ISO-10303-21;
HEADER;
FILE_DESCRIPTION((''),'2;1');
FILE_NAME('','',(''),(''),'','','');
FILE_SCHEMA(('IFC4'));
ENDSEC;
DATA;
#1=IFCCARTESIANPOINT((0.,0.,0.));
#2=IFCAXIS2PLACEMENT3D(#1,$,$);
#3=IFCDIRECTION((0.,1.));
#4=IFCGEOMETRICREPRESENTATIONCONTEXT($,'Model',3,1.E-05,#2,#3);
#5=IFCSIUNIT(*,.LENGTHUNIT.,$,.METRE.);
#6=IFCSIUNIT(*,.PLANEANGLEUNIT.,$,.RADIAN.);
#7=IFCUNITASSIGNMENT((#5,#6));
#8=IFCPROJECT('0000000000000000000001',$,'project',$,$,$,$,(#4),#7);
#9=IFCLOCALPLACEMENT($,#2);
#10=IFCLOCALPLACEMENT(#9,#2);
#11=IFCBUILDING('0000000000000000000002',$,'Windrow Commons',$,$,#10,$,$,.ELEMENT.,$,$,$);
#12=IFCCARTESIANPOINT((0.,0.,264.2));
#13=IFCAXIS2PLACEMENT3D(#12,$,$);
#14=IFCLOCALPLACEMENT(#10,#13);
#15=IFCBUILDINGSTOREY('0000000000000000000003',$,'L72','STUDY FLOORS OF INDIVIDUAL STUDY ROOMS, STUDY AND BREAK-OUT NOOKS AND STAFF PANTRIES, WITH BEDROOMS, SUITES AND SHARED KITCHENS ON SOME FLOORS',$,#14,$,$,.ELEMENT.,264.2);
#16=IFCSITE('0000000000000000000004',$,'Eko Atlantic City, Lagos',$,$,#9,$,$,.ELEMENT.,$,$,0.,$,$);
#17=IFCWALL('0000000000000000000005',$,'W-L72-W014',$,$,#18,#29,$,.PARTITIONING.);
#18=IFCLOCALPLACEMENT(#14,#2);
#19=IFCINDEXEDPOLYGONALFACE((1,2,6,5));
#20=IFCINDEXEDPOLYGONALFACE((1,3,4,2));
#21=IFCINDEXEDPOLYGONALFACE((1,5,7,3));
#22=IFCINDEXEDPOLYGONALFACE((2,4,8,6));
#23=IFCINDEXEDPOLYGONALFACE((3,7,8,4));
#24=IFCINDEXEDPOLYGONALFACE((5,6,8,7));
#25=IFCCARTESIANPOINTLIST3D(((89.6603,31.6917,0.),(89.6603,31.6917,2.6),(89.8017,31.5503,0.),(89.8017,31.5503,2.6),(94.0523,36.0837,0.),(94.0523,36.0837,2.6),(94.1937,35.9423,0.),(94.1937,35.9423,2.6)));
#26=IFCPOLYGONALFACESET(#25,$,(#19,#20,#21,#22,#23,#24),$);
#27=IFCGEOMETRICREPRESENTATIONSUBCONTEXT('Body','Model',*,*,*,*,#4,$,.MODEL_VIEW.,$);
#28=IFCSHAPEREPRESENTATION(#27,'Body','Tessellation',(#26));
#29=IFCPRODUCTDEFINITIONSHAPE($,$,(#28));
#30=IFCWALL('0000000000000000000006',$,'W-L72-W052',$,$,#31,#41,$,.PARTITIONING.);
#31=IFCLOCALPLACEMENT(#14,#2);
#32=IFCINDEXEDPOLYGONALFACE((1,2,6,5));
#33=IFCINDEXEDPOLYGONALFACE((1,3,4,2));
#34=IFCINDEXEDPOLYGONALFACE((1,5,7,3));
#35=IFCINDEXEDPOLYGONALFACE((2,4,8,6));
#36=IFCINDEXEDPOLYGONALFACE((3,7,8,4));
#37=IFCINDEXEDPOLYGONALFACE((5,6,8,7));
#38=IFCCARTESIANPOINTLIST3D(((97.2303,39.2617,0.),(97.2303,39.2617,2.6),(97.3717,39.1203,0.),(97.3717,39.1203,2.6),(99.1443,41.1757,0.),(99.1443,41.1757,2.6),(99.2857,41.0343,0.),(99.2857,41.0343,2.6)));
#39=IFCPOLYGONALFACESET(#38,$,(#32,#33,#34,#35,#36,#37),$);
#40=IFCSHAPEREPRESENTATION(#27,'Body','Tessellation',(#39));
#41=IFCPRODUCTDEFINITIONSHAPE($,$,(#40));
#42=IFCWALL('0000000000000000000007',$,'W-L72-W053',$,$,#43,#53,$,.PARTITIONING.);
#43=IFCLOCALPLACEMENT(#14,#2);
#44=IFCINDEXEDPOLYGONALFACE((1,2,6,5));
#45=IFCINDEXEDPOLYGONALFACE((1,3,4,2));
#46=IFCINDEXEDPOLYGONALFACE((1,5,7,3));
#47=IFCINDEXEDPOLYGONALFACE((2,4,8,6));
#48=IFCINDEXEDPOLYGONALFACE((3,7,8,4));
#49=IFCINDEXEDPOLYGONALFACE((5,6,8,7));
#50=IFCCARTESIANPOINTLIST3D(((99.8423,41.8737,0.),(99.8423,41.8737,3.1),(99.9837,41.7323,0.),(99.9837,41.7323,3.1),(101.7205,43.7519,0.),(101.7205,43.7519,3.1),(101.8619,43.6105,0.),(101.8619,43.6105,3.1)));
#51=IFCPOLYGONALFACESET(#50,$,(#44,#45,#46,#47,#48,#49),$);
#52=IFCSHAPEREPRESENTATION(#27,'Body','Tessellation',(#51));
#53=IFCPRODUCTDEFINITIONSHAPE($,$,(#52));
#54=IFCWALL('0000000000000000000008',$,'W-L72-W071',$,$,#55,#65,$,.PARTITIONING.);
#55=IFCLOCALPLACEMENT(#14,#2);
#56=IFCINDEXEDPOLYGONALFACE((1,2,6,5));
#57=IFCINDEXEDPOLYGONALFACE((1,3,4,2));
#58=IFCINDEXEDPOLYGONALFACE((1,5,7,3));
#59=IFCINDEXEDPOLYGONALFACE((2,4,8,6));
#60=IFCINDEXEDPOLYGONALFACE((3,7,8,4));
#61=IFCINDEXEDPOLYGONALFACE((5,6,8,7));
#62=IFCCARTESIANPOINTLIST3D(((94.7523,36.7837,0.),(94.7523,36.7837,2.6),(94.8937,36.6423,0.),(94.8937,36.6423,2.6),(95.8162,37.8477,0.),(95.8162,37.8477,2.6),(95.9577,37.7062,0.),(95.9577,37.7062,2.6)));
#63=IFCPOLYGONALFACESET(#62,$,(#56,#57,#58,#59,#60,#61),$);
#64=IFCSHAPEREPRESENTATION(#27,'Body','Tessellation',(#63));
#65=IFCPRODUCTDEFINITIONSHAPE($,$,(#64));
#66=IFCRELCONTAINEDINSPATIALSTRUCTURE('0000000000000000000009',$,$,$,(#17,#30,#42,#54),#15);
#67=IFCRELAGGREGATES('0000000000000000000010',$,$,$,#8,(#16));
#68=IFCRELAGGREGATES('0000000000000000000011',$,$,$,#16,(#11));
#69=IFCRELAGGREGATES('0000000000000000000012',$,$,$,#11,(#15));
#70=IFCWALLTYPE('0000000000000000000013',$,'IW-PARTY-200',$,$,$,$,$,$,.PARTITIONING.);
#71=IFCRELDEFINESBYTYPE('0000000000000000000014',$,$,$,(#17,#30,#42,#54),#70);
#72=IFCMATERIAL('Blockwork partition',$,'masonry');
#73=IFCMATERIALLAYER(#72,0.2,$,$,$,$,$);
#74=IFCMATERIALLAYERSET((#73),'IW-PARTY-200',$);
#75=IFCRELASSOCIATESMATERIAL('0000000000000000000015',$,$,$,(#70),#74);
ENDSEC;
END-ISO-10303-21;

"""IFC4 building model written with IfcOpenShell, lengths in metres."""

from ifc_helpers import new_model, si_unit, direction, frame, frame_2d, origin, place, context, subcontext, project, spatial, rectangle, extrude, material, layer, layer_set, type_object, element, save


model = new_model("IFC4")

# Units and contexts
model_context = context("Model", 3, precision=1e-05, world=origin(), true_north=direction((0.0, 1.0)))
body_context = subcontext(model_context, "Body", "Model", "MODEL_VIEW")
ifc_project = project(units=[si_unit("LENGTHUNIT", "METRE"), si_unit("PLANEANGLEUNIT", "RADIAN")], contexts=[model_context])

# Site, building, storey
site_placement = place(None, origin())
site = spatial("IfcSite", under=ifc_project, at=site_placement, Name="Eko Atlantic City, Lagos", CompositionType="ELEMENT", RefElevation=0.0)
building_placement = place(site_placement, origin())
building = spatial("IfcBuilding", under=site, at=building_placement, Name="Windrow Commons", CompositionType="ELEMENT")
storey_placement = place(building_placement, frame((0.0, 0.0, 264.2)))
storey = spatial("IfcBuildingStorey", under=building, at=storey_placement, Name="L72", Description="STUDY FLOORS OF INDIVIDUAL STUDY ROOMS, STUDY AND BREAK-OUT NOOKS AND STAFF PANTRIES, WITH BEDROOMS, SUITES AND SHARED KITCHENS ON SOME FLOORS", CompositionType="ELEMENT", Elevation=264.2)

# Walls
ifc_material_1 = material(Name="Blockwork partition", Category="masonry")
ifc_layer_1 = layer(ifc_material_1, 0.2)
ifc_layer_set_1 = layer_set([ifc_layer_1], Name="IW-PARTY-200")
wall_type_1 = type_object("IfcWallType", Name="IW-PARTY-200", PredefinedType="PARTITIONING", material=ifc_layer_set_1)
wall_1_placement = place(storey_placement, frame((89.731, 31.621, 0.0), z_axis=(0.0, 0.0, 1.0), x_axis=(0.707107, 0.707107, 0.0)))
element("IfcWall", 1, at=wall_1_placement, inside=storey, type_object=wall_type_1, Name="W-L72-W014", PredefinedType="PARTITIONING", context=body_context, shape_type="SweptSolid", body=[
    extrude(rectangle(XDim=6.2112, YDim=0.2, at=frame_2d((3.1056, 0.0))), origin(), (0.0, 0.0, 1.0), 2.6),
])
wall_2_placement = place(storey_placement, frame((97.301, 39.191, 0.0), z_axis=(0.0, 0.0, 1.0), x_axis=(0.707107, 0.707107, 0.0)))
element("IfcWall", 2, at=wall_2_placement, inside=storey, type_object=wall_type_1, Name="W-L72-W052", PredefinedType="PARTITIONING", context=body_context, shape_type="SweptSolid", body=[
    extrude(rectangle(XDim=2.7068, YDim=0.2, at=frame_2d((1.3534, 0.0))), origin(), (0.0, 0.0, 1.0), 2.6),
])
wall_3_placement = place(storey_placement, frame((99.913, 41.803, 0.0), z_axis=(0.0, 0.0, 1.0), x_axis=(0.707107, 0.707107, 0.0)))
element("IfcWall", 3, at=wall_3_placement, inside=storey, type_object=wall_type_1, Name="W-L72-W053", PredefinedType="PARTITIONING", context=body_context, shape_type="SweptSolid", body=[
    extrude(rectangle(XDim=2.6562, YDim=0.2, at=frame_2d((1.3281, 0.0))), origin(), (0.0, 0.0, 1.0), 3.1),
])
wall_4_placement = place(storey_placement, frame((94.823, 36.713, 0.0), z_axis=(0.0, 0.0, 1.0), x_axis=(0.707107, 0.707107, 0.0)))
element("IfcWall", 4, at=wall_4_placement, inside=storey, type_object=wall_type_1, Name="W-L72-W071", PredefinedType="PARTITIONING", context=body_context, shape_type="SweptSolid", body=[
    extrude(rectangle(XDim=1.5047, YDim=0.2, at=frame_2d((0.7523, 0.0))), origin(), (0.0, 0.0, 1.0), 2.6),
])

save(model, "model.ifc")
